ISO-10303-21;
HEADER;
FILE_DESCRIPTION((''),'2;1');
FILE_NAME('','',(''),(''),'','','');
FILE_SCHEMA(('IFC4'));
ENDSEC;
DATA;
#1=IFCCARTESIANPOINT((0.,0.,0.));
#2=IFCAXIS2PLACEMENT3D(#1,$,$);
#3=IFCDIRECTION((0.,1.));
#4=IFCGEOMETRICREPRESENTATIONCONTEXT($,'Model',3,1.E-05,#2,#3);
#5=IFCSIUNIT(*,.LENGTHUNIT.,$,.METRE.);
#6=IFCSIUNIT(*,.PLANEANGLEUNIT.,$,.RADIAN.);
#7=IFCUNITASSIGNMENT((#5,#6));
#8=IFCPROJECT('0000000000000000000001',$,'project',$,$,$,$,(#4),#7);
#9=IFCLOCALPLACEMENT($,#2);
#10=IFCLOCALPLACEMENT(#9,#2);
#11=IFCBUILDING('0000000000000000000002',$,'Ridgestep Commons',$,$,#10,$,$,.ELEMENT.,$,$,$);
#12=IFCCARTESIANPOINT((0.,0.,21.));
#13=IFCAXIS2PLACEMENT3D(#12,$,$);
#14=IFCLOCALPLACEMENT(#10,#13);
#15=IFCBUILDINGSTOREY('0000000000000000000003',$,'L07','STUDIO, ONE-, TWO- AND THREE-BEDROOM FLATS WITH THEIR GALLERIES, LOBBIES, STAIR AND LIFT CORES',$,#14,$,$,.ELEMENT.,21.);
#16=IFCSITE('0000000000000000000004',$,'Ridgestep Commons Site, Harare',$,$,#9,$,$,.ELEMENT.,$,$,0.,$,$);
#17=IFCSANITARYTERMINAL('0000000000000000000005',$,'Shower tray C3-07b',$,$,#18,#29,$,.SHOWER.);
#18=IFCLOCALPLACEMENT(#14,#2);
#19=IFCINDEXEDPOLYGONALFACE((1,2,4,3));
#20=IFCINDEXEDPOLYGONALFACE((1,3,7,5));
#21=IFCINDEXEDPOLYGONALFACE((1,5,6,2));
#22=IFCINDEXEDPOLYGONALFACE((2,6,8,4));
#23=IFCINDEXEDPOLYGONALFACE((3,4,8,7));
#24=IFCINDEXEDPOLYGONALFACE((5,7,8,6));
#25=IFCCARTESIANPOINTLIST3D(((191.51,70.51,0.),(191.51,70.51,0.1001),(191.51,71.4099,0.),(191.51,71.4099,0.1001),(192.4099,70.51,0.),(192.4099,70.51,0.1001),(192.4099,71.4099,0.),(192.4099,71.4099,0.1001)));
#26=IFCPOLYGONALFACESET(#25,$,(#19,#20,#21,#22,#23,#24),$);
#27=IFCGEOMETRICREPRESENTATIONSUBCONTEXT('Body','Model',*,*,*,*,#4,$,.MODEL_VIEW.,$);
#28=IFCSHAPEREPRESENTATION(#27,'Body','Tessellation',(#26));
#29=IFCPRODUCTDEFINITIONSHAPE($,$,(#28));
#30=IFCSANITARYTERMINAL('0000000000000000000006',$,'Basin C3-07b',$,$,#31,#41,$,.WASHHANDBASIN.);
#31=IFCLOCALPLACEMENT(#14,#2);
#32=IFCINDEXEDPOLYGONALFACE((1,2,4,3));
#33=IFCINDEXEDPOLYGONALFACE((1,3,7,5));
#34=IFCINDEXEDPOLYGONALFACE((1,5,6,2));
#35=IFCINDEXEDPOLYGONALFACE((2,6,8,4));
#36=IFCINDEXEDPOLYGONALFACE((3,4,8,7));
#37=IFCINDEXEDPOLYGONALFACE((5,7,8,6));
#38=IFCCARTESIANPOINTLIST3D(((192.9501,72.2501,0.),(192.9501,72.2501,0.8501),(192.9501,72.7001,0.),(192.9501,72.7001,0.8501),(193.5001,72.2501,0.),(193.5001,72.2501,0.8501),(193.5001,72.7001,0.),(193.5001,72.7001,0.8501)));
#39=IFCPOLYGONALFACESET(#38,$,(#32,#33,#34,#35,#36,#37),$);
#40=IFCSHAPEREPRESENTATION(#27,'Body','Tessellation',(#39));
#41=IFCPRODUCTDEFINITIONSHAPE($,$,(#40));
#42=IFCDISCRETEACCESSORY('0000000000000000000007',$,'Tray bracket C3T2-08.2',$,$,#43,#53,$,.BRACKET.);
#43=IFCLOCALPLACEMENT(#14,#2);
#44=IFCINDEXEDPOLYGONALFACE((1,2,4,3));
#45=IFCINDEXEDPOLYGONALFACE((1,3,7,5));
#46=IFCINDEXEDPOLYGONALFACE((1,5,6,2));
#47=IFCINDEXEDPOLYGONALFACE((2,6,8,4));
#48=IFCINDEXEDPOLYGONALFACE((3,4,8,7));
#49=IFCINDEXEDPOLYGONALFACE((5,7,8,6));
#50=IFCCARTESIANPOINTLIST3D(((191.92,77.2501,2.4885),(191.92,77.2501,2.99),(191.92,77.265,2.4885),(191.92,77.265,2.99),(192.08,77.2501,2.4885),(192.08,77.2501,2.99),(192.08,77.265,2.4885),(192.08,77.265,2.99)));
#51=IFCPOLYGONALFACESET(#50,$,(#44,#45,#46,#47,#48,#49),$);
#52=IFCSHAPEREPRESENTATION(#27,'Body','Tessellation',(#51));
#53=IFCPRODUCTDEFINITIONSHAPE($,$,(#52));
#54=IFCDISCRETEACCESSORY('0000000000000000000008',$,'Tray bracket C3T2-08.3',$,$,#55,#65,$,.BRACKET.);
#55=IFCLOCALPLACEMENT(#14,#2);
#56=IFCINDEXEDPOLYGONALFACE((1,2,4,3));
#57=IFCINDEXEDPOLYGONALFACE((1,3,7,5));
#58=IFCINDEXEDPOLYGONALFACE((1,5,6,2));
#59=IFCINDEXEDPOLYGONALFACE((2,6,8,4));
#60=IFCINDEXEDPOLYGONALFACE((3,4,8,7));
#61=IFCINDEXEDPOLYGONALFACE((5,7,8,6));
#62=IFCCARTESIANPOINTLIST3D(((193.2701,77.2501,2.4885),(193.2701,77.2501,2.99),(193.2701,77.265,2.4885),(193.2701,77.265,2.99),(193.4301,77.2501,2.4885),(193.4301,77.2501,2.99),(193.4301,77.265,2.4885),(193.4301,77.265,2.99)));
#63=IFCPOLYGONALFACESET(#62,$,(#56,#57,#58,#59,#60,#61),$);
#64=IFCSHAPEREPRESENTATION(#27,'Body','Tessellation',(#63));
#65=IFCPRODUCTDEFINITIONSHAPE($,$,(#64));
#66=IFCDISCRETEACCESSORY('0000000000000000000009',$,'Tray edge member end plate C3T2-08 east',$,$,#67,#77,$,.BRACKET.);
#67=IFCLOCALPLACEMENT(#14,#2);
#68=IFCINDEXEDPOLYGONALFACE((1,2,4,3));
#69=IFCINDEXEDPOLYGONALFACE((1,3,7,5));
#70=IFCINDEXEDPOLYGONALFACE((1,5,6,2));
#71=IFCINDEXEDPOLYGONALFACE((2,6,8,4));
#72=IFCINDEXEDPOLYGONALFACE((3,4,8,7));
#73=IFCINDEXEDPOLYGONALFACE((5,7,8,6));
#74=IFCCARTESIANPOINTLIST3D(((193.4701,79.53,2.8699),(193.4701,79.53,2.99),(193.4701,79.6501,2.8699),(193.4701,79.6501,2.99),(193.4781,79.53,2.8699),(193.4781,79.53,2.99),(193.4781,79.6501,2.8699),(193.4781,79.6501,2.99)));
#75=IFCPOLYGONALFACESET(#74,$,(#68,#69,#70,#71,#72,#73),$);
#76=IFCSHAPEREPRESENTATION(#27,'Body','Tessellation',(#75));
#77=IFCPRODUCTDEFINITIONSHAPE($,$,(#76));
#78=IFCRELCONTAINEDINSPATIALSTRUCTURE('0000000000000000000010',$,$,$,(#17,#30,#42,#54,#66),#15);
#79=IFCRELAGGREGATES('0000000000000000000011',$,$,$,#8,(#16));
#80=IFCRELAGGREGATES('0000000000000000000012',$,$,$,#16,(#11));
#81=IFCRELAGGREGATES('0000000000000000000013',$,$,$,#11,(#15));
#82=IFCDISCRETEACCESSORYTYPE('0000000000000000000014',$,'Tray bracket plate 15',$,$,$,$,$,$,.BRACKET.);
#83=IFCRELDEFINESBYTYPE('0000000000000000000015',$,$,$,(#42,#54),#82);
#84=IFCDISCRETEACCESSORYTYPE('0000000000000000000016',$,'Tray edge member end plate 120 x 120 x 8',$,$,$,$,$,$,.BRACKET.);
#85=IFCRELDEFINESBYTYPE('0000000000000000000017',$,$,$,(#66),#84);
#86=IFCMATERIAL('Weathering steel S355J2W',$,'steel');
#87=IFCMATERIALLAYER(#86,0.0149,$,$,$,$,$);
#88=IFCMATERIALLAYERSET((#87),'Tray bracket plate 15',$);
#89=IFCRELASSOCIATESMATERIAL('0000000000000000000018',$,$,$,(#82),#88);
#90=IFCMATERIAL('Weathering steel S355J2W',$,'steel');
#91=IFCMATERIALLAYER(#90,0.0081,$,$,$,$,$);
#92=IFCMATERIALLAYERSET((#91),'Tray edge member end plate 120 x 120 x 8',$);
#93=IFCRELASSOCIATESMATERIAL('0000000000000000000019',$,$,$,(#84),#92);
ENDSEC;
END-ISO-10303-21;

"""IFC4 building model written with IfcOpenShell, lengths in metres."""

from ifc_helpers import new_model, si_unit, direction, frame, origin, origin_2d, place, context, subcontext, project, spatial, rectangle, extrude, material, layer, layer_set, type_object, element, save


model = new_model("IFC4")

# Units and contexts
model_context = context("Model", 3, precision=1e-05, world=origin(), true_north=direction((0.0, 1.0)))
body_context = subcontext(model_context, "Body", "Model", "MODEL_VIEW")
ifc_project = project(units=[si_unit("LENGTHUNIT", "METRE"), si_unit("PLANEANGLEUNIT", "RADIAN")], contexts=[model_context])

# Site, building, storey
site_placement = place(None, origin())
site = spatial("IfcSite", under=ifc_project, at=site_placement, Name="Ridgestep Commons Site, Harare", CompositionType="ELEMENT", RefElevation=0.0)
building_placement = place(site_placement, origin())
building = spatial("IfcBuilding", under=site, at=building_placement, Name="Ridgestep Commons", CompositionType="ELEMENT")
storey_placement = place(building_placement, frame((0.0, 0.0, 21.0)))
storey = spatial("IfcBuildingStorey", under=building, at=storey_placement, Name="L07", Description="STUDIO, ONE-, TWO- AND THREE-BEDROOM FLATS WITH THEIR GALLERIES, LOBBIES, STAIR AND LIFT CORES", CompositionType="ELEMENT", Elevation=21.0)

# Sanitary terminals
sanitary_terminal_1_placement = place(storey_placement, frame((191.96, 70.96, 0.0), z_axis=(0.0, 0.0, 1.0), x_axis=(1.0, 0.0, 0.0)))
element("IfcSanitaryTerminal", 1, at=sanitary_terminal_1_placement, inside=storey, Name="Shower tray C3-07b", PredefinedType="SHOWER", context=body_context, shape_type="SweptSolid", body=[
    extrude(rectangle(XDim=0.8999, YDim=0.8999, at=origin_2d()), origin(), (0.0, 0.0, 1.0), 0.1001),
])
sanitary_terminal_2_placement = place(storey_placement, frame((193.2251, 72.4751, 0.0), z_axis=(0.0, 0.0, 1.0), x_axis=(1.0, 0.0, 0.0)))
element("IfcSanitaryTerminal", 2, at=sanitary_terminal_2_placement, inside=storey, Name="Basin C3-07b", PredefinedType="WASHHANDBASIN", context=body_context, shape_type="SweptSolid", body=[
    extrude(rectangle(XDim=0.55, YDim=0.45, at=origin_2d()), origin(), (0.0, 0.0, 1.0), 0.8501),
])

# Discrete accessories
ifc_material_1 = material(Name="Weathering steel S355J2W", Category="steel")
ifc_layer_1 = layer(ifc_material_1, 0.0149)
ifc_layer_set_1 = layer_set([ifc_layer_1], Name="Tray bracket plate 15")
discrete_accessory_type_1 = type_object("IfcDiscreteAccessoryType", Name="Tray bracket plate 15", PredefinedType="BRACKET", material=ifc_layer_set_1)
for number, where, z_axis, x_axis, name in (
    (3, (192.0, 77.2576, 2.4885), (0.0, 0.0, 1.0), (1.0, 0.0, 0.0), "Tray bracket C3T2-08.2"),
    (4, (193.3501, 77.2576, 2.4885), (0.0, 0.0, 1.0), (1.0, 0.0, 0.0), "Tray bracket C3T2-08.3"),
):
    element("IfcDiscreteAccessory", number, at=place(storey_placement, frame(where, z_axis=z_axis, x_axis=x_axis)), inside=storey, type_object=discrete_accessory_type_1, Name=name, PredefinedType="BRACKET", context=body_context, shape_type="SweptSolid", body=[
        extrude(rectangle(XDim=0.1599, YDim=0.0149, at=origin_2d()), origin(), (0.0, 0.0, 1.0), 0.5015),
    ])
ifc_material_2 = material(Name="Weathering steel S355J2W", Category="steel")
ifc_layer_2 = layer(ifc_material_2, 0.0081)
ifc_layer_set_2 = layer_set([ifc_layer_2], Name="Tray edge member end plate 120 x 120 x 8")
discrete_accessory_type_2 = type_object("IfcDiscreteAccessoryType", Name="Tray edge member end plate 120 x 120 x 8", PredefinedType="BRACKET", material=ifc_layer_set_2)
discrete_accessory_placement = place(storey_placement, frame((193.4741, 79.5901, 2.8699), z_axis=(0.0, 0.0, 1.0), x_axis=(1.0, 0.0, 0.0)))
element("IfcDiscreteAccessory", 5, at=discrete_accessory_placement, inside=storey, type_object=discrete_accessory_type_2, Name="Tray edge member end plate C3T2-08 east", PredefinedType="BRACKET", context=body_context, shape_type="SweptSolid", body=[
    extrude(rectangle(XDim=0.0081, YDim=0.1201, at=origin_2d()), origin(), (0.0, 0.0, 1.0), 0.1201),
])

save(model, "model.ifc")
